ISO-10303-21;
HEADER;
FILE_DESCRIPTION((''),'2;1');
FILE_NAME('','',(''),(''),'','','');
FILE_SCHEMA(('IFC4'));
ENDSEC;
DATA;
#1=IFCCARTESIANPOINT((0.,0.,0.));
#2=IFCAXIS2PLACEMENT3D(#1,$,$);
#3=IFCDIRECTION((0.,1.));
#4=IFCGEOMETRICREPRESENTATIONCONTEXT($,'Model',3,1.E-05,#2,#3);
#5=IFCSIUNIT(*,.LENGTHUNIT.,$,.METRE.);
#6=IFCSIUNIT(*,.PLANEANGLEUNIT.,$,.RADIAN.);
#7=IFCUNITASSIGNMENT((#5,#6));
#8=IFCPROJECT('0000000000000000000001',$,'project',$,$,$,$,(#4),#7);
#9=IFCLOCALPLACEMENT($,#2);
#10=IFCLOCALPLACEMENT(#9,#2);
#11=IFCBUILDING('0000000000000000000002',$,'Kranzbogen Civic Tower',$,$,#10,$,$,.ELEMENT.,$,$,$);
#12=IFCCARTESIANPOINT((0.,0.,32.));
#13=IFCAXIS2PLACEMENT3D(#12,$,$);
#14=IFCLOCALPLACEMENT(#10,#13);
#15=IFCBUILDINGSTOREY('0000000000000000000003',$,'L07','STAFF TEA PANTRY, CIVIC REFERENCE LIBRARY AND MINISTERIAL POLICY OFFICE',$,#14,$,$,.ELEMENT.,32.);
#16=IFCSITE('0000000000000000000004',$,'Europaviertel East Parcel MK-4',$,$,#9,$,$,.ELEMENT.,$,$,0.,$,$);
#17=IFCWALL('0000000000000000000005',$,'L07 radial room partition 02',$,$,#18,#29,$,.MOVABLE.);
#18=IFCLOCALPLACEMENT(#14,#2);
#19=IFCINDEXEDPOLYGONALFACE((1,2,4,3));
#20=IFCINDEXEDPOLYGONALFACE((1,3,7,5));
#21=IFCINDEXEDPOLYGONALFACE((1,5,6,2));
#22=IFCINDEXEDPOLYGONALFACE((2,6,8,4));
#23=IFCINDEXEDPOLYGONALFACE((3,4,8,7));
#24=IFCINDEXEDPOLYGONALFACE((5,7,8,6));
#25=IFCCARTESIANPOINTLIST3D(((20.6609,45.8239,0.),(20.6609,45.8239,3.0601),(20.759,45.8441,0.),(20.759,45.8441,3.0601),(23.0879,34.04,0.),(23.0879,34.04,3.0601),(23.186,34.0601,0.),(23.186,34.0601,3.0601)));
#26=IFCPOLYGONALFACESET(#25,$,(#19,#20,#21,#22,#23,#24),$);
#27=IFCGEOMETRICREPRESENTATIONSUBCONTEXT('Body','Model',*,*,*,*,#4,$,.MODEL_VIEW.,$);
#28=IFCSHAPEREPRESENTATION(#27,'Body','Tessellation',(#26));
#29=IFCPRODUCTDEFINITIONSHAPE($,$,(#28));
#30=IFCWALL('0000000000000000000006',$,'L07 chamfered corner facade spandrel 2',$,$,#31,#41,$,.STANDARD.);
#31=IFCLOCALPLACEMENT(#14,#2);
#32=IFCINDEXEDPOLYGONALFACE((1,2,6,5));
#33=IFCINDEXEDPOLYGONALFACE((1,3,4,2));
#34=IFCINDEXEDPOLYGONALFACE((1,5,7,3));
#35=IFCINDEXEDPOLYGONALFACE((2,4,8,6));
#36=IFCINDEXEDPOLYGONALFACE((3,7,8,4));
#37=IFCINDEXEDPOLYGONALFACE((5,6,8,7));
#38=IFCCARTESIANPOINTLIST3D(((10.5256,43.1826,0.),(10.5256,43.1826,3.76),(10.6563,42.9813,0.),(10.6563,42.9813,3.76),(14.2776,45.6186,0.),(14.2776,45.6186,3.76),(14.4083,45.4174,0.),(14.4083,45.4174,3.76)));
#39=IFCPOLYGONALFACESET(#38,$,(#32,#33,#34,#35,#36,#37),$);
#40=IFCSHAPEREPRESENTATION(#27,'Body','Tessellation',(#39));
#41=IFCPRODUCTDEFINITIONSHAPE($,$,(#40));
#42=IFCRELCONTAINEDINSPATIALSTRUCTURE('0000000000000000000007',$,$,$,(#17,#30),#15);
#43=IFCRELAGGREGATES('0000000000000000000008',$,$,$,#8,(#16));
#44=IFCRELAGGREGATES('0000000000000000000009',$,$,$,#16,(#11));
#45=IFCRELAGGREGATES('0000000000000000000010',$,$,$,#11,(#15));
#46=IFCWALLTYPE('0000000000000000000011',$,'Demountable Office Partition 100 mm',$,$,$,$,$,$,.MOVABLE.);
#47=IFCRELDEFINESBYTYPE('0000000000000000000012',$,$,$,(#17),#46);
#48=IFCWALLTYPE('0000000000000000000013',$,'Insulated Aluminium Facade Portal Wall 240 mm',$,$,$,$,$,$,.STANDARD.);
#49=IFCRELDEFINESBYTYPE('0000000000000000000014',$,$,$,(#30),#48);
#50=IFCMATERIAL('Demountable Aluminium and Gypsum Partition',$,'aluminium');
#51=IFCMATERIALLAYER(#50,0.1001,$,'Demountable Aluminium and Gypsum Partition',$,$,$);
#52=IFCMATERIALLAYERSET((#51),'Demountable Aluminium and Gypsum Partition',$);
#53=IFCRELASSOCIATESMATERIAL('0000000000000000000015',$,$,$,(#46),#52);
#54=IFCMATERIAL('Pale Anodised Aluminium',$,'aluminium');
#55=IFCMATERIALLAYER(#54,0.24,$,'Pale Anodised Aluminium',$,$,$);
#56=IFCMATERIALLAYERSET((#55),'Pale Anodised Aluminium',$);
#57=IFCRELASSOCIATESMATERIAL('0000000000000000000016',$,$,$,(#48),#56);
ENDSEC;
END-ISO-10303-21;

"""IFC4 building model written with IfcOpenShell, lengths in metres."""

from ifc_helpers import new_model, si_unit, direction, frame, frame_2d, origin, place, context, subcontext, project, spatial, rectangle, extrude, material, layer, layer_set, type_object, element, save


model = new_model("IFC4")

# Units and contexts
model_context = context("Model", 3, precision=1e-05, world=origin(), true_north=direction((0.0, 1.0)))
body_context = subcontext(model_context, "Body", "Model", "MODEL_VIEW")
ifc_project = project(units=[si_unit("LENGTHUNIT", "METRE"), si_unit("PLANEANGLEUNIT", "RADIAN")], contexts=[model_context])

# Site, building, storey
site_placement = place(None, origin())
site = spatial("IfcSite", under=ifc_project, at=site_placement, Name="Europaviertel East Parcel MK-4", CompositionType="ELEMENT", RefElevation=0.0)
building_placement = place(site_placement, origin())
building = spatial("IfcBuilding", under=site, at=building_placement, Name="Kranzbogen Civic Tower", CompositionType="ELEMENT")
storey_placement = place(building_placement, frame((0.0, 0.0, 32.0)))
storey = spatial("IfcBuildingStorey", under=building, at=storey_placement, Name="L07", Description="STAFF TEA PANTRY, CIVIC REFERENCE LIBRARY AND MINISTERIAL POLICY OFFICE", CompositionType="ELEMENT", Elevation=32.0)

# Shared definitions
ifc_material_1 = material(Name="Pale Anodised Aluminium", Category="aluminium")

# Walls
ifc_material_2 = material(Name="Demountable Aluminium and Gypsum Partition", Category="aluminium")
ifc_layer_1 = layer(ifc_material_2, 0.1001, Name="Demountable Aluminium and Gypsum Partition")
ifc_layer_set_1 = layer_set([ifc_layer_1], Name="Demountable Aluminium and Gypsum Partition")
wall_type_1 = type_object("IfcWallType", Name="Demountable Office Partition 100 mm", PredefinedType="MOVABLE", material=ifc_layer_set_1)
wall_1_placement = place(storey_placement, frame((23.137, 34.05, 0.0), z_axis=(0.0, 0.0, 1.0), x_axis=(-0.201724, 0.979442, 0.0)))
element("IfcWall", 1, at=wall_1_placement, inside=storey, type_object=wall_type_1, Name="L07 radial room partition 02", PredefinedType="MOVABLE", context=body_context, shape_type="SweptSolid", body=[
    extrude(rectangle(XDim=12.0312, YDim=0.1001, at=frame_2d((6.0156, 0.0))), origin(), (0.0, 0.0, 1.0), 3.0601),
])
ifc_layer_2 = layer(ifc_material_1, 0.24, Name="Pale Anodised Aluminium")
ifc_layer_set_2 = layer_set([ifc_layer_2], Name="Pale Anodised Aluminium")
wall_type_2 = type_object("IfcWallType", Name="Insulated Aluminium Facade Portal Wall 240 mm", PredefinedType="STANDARD", material=ifc_layer_set_2)
wall_2_placement = place(storey_placement, frame((14.343, 45.5181, 0.0), z_axis=(0.0, 0.0, 1.0), x_axis=(-0.838723, -0.544559, 0.0)))
element("IfcWall", 2, at=wall_2_placement, inside=storey, type_object=wall_type_2, Name="L07 chamfered corner facade spandrel 2", PredefinedType="STANDARD", context=body_context, shape_type="SweptSolid", body=[
    extrude(rectangle(XDim=4.4734, YDim=0.24, at=frame_2d((2.2368, 0.0))), origin(), (0.0, 0.0, 1.0), 3.76),
])

save(model, "model.ifc")
